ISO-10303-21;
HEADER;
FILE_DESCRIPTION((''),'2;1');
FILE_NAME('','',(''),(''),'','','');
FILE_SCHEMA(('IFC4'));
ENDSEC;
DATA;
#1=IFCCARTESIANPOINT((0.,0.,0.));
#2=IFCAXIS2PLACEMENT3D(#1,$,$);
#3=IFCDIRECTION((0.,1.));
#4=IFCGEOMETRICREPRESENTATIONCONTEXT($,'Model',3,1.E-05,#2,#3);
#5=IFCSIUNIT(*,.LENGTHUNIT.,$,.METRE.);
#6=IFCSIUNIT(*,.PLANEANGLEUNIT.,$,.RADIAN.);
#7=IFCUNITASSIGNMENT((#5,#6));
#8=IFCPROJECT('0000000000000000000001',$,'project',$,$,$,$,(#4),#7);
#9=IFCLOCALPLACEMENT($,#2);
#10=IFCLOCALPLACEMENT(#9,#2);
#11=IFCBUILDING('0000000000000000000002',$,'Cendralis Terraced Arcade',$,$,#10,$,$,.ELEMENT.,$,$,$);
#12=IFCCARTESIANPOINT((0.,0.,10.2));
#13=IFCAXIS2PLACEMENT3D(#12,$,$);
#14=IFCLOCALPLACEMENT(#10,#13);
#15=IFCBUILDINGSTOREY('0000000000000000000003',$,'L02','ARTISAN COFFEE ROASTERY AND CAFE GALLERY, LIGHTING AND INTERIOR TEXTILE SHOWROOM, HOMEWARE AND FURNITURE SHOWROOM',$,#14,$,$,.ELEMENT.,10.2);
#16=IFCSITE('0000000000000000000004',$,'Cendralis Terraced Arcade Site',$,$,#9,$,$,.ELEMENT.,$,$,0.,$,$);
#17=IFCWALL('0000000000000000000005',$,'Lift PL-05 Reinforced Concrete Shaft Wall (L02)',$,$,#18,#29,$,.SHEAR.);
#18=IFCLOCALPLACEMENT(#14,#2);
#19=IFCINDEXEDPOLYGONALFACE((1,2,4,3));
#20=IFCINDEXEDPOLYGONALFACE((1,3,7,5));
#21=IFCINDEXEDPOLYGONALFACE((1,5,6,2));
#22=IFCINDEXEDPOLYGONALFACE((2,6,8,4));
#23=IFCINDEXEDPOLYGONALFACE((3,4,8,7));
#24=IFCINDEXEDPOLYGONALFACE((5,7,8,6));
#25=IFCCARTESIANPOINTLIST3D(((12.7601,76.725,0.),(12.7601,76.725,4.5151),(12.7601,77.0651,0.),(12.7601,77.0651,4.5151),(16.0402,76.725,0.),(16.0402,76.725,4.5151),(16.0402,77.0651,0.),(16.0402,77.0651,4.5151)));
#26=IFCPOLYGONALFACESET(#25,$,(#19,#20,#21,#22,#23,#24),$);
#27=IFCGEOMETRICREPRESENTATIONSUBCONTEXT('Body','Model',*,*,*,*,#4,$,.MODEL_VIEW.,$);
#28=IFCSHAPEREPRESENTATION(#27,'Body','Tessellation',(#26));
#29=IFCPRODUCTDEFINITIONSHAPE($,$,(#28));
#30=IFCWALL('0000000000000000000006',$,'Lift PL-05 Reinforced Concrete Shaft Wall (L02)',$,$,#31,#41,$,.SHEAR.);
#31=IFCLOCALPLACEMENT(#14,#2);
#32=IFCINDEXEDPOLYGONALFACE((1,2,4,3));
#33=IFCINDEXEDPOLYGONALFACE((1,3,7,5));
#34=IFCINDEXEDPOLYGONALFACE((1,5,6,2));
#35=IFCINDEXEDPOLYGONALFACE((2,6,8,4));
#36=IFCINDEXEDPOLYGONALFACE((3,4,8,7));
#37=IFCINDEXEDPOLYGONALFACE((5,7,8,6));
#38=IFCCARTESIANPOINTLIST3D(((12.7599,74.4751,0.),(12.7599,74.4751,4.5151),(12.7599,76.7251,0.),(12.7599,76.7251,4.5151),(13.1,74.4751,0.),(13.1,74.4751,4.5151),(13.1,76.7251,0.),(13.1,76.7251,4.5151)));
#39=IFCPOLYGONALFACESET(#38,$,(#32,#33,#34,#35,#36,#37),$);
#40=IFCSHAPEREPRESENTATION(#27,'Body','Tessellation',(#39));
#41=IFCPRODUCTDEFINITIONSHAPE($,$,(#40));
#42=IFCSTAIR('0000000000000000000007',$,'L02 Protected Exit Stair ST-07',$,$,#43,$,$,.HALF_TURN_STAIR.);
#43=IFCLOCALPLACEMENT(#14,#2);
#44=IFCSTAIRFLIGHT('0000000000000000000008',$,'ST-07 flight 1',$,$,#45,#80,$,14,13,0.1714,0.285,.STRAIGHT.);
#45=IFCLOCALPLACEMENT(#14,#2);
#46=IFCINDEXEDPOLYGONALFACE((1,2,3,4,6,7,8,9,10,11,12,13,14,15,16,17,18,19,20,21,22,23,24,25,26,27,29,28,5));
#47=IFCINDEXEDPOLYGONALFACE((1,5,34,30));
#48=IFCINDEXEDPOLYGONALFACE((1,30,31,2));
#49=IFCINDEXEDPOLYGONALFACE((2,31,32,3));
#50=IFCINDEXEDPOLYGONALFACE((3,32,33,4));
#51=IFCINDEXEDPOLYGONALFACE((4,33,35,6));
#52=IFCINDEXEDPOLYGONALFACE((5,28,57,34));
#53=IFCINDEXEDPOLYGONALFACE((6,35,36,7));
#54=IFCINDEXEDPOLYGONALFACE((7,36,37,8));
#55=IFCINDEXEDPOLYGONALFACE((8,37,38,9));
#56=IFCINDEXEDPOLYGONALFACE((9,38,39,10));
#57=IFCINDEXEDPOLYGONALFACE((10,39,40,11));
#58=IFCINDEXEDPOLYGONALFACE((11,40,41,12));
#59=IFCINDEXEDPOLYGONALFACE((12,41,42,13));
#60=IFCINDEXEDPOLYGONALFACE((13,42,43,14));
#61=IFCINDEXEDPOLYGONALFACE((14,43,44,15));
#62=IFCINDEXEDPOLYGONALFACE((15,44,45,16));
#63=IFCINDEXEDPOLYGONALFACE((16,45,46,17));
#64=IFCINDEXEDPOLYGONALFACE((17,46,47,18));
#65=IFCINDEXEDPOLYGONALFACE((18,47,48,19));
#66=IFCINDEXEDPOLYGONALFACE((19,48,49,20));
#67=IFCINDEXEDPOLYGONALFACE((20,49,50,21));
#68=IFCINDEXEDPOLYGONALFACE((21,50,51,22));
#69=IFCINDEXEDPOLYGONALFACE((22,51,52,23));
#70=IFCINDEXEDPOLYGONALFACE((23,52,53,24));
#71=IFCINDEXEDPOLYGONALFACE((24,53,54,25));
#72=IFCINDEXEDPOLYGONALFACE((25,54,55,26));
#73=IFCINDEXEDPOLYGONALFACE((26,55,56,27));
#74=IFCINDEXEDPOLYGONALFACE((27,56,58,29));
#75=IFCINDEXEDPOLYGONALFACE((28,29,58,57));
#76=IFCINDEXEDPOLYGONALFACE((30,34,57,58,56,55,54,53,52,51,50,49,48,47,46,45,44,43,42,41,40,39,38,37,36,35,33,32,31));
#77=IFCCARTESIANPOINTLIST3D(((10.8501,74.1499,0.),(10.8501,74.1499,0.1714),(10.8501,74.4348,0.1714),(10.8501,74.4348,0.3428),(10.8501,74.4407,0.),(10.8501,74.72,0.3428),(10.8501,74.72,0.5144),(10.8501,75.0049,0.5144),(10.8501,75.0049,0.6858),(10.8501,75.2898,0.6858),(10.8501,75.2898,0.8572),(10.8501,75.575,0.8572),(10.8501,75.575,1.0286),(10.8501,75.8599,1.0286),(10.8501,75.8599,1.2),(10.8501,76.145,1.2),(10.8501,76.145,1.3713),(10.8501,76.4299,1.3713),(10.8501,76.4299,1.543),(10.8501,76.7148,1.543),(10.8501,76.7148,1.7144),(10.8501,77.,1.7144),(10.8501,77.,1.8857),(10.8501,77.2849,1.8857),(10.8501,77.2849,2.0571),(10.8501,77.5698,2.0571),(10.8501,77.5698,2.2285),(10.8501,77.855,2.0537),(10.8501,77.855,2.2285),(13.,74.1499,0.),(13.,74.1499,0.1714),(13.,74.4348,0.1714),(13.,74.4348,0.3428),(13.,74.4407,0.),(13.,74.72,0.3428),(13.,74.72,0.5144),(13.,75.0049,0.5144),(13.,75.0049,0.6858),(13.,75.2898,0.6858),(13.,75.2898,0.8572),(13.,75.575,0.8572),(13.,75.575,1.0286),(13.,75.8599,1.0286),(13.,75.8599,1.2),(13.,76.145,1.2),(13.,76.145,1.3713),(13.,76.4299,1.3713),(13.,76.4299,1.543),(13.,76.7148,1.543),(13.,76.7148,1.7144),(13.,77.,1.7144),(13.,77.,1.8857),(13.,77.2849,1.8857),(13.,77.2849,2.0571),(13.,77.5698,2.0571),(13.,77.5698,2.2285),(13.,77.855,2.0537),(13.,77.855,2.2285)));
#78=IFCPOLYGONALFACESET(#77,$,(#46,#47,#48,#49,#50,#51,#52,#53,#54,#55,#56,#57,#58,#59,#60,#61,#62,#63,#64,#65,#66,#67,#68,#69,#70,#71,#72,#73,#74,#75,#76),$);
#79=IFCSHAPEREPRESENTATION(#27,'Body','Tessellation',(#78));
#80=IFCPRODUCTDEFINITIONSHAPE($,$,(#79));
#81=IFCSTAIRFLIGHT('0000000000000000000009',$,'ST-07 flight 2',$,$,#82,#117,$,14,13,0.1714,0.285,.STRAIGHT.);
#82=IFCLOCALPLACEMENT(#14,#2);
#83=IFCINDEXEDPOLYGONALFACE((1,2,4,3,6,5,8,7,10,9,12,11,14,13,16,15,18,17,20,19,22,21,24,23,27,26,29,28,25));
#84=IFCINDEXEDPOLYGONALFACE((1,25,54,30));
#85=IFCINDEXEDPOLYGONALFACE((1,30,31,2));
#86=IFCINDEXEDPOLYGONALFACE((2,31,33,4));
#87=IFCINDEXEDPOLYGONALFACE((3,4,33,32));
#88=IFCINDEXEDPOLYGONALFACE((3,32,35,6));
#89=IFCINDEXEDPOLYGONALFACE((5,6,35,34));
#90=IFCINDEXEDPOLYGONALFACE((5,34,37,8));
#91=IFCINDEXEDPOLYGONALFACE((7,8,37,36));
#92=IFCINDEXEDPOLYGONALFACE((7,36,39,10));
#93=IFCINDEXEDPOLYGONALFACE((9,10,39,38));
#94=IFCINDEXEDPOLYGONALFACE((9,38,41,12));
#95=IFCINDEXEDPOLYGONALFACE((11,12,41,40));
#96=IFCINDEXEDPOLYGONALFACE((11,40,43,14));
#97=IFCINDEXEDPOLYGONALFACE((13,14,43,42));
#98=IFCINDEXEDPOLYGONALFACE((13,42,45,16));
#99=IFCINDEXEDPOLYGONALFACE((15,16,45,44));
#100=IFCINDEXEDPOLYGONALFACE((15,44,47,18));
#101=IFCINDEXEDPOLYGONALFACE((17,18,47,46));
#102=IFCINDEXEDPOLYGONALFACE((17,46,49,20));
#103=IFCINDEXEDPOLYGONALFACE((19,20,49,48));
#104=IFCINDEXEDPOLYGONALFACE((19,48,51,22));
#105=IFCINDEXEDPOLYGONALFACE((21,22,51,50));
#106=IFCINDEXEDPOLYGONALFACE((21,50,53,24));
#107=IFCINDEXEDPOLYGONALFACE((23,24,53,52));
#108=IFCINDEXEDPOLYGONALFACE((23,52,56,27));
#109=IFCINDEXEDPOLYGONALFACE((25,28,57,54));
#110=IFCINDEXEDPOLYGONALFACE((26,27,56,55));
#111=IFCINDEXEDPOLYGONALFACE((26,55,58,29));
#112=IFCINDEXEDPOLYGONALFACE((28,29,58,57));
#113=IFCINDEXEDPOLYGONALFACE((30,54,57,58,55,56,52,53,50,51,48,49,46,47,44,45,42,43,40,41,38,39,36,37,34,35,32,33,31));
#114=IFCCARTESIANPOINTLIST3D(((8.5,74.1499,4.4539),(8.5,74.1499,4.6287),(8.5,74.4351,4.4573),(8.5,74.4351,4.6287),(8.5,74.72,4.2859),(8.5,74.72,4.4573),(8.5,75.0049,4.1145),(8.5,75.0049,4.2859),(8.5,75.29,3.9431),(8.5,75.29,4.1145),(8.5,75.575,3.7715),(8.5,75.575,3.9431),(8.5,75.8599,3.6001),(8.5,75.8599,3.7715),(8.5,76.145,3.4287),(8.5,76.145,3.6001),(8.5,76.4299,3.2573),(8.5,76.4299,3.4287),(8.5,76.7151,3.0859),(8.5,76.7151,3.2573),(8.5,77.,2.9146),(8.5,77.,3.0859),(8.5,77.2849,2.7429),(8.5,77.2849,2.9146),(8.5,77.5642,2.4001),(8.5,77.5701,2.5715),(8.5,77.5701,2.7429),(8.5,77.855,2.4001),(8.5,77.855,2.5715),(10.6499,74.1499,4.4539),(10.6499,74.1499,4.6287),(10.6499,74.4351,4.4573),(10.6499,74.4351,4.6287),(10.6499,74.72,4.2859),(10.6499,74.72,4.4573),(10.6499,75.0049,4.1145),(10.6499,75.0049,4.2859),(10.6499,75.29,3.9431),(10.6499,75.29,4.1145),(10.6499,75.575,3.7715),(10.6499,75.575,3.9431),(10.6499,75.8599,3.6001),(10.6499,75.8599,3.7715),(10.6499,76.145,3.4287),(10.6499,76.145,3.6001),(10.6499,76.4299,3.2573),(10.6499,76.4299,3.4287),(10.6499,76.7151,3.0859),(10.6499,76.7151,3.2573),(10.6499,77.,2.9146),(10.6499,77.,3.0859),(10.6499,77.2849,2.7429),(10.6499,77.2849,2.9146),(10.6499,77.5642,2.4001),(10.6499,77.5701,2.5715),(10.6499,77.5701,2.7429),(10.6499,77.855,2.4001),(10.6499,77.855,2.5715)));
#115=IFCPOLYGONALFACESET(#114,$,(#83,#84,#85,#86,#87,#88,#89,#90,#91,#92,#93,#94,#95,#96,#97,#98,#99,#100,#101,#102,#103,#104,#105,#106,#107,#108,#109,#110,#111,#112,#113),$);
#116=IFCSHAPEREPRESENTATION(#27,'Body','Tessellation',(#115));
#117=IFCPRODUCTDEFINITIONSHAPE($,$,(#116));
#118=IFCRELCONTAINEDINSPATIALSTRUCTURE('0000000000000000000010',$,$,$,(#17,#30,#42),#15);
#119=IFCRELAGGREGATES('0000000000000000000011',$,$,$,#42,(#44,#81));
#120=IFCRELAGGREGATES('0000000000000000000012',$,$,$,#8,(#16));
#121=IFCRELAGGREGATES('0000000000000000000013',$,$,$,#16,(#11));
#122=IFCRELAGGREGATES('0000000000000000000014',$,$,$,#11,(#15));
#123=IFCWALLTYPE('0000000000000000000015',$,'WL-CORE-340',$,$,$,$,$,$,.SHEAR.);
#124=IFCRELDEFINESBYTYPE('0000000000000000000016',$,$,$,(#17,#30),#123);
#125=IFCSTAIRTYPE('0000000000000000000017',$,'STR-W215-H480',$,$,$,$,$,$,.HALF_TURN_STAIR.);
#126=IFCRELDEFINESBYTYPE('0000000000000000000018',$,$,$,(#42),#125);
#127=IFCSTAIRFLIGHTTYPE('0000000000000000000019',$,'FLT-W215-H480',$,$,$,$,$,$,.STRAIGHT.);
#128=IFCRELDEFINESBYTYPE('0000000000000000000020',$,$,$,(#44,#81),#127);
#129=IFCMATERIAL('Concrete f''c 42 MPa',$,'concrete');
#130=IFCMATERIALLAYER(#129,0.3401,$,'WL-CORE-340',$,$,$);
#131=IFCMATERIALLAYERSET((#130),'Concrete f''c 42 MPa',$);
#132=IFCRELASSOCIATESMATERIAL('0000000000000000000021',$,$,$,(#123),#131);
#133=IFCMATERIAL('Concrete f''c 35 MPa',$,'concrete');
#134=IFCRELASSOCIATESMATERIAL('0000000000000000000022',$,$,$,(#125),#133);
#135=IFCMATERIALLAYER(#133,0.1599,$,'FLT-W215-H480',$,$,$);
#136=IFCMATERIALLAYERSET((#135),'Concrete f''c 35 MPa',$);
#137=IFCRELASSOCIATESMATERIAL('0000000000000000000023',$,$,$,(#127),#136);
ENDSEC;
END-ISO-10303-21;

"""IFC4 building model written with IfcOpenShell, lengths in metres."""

from ifc_helpers import new_model, si_unit, direction, frame, frame_2d, origin, place, context, subcontext, project, spatial, polyline, rectangle, outline, extrude, material, layer, layer_set, type_object, element, aggregate, save


model = new_model("IFC4")

# Units and contexts
model_context = context("Model", 3, precision=1e-05, world=origin(), true_north=direction((0.0, 1.0)))
body_context = subcontext(model_context, "Body", "Model", "MODEL_VIEW")
ifc_project = project(units=[si_unit("LENGTHUNIT", "METRE"), si_unit("PLANEANGLEUNIT", "RADIAN")], contexts=[model_context])

# Site, building, storey
site_placement = place(None, origin())
site = spatial("IfcSite", under=ifc_project, at=site_placement, Name="Cendralis Terraced Arcade Site", CompositionType="ELEMENT", RefElevation=0.0)
building_placement = place(site_placement, origin())
building = spatial("IfcBuilding", under=site, at=building_placement, Name="Cendralis Terraced Arcade", CompositionType="ELEMENT")
storey_placement = place(building_placement, frame((0.0, 0.0, 10.2)))
storey = spatial("IfcBuildingStorey", under=building, at=storey_placement, Name="L02", Description="ARTISAN COFFEE ROASTERY AND CAFE GALLERY, LIGHTING AND INTERIOR TEXTILE SHOWROOM, HOMEWARE AND FURNITURE SHOWROOM", CompositionType="ELEMENT", Elevation=10.2)

# Shared definitions
ifc_material_1 = material(Name="Concrete f'c 42 MPa", Category="concrete")
ifc_layer_1 = layer(ifc_material_1, 0.3401, Name="WL-CORE-340")
ifc_layer_set_1 = layer_set([ifc_layer_1], Name="Concrete f'c 42 MPa")
wall_type = type_object("IfcWallType", Name="WL-CORE-340", PredefinedType="SHEAR", material=ifc_layer_set_1)

# Walls
wall_1_placement = place(storey_placement, frame((12.76, 76.895, 0.0), z_axis=(0.0, 0.0, 1.0), x_axis=(1.0, 0.0, 0.0)))
element("IfcWall", 1, at=wall_1_placement, inside=storey, type_object=wall_type, Name="Lift PL-05 Reinforced Concrete Shaft Wall (L02)", PredefinedType="SHEAR", context=body_context, shape_type="SweptSolid", body=[
    extrude(rectangle(XDim=3.28, YDim=0.3401, at=frame_2d((1.6401, 0.0))), origin(), (0.0, 0.0, 1.0), 4.5151),
])
wall_2_placement = place(storey_placement, frame((12.9299, 74.4751, 0.0), z_axis=(0.0, 0.0, 1.0), x_axis=(0.0, 1.0, 0.0)))
element("IfcWall", 2, at=wall_2_placement, inside=storey, type_object=wall_type, Name="Lift PL-05 Reinforced Concrete Shaft Wall (L02)", PredefinedType="SHEAR", context=body_context, shape_type="SweptSolid", body=[
    extrude(rectangle(XDim=2.25, YDim=0.3401, at=frame_2d((1.125, 0.0))), origin(), (0.0, 0.0, 1.0), 4.5151),
])

# Stair, stair flights
ifc_material_2 = material(Name="Concrete f'c 35 MPa", Category="concrete")
stair_type = type_object("IfcStairType", Name="STR-W215-H480", PredefinedType="HALF_TURN_STAIR", material=ifc_material_2)
stair_placement = place(storey_placement, origin())
stair = element("IfcStair", 3, at=stair_placement, inside=storey, type_object=stair_type, Name="L02 Protected Exit Stair ST-07", PredefinedType="HALF_TURN_STAIR")
ifc_layer_2 = layer(ifc_material_2, 0.1599, Name="FLT-W215-H480")
ifc_layer_set_2 = layer_set([ifc_layer_2], Name="Concrete f'c 35 MPa")
stair_flight_type = type_object("IfcStairFlightType", Name="FLT-W215-H480", PredefinedType="STRAIGHT", material=ifc_layer_set_2)
stair_flight_1_placement = place(storey_placement, frame((11.925, 74.1499, 0.0), z_axis=(0.0, 0.0, 1.0), x_axis=(0.0, 1.0, 0.0)))
stair_flight_1 = element("IfcStairFlight", 4, at=stair_flight_1_placement, type_object=stair_flight_type, Name="ST-07 flight 1", NumberOfRisers=14, NumberOfTreads=13, PredefinedType="STRAIGHT", RiserHeight=0.1714, TreadLength=0.285, context=body_context, shape_type="SweptSolid", body=[
    extrude(outline(polyline([(0.0, 0.0), (0.0, 0.1714), (0.2849, 0.1714), (0.2849, 0.3428), (0.5701, 0.3428), (0.5701, 0.5144), (0.855, 0.5144), (0.855, 0.6858), (1.1399, 0.6858), (1.1399, 0.8572), (1.425, 0.8572), (1.425, 1.0286), (1.71, 1.0286), (1.71, 1.2), (1.9951, 1.2), (1.9951, 1.3713), (2.28, 1.3713), (2.28, 1.543), (2.5649, 1.543), (2.5649, 1.7144), (2.8501, 1.7144), (2.8501, 1.8857), (3.135, 1.8857), (3.135, 2.0571), (3.4199, 2.0571), (3.4199, 2.2285), (3.7051, 2.2285), (3.7051, 2.3999), (3.7051, 2.0537), (0.2908, 0.0), (0.0, 0.0)])), frame((0.0, 1.075, 0.0), z_axis=(0.0, -1.0, 0.0), x_axis=(1.0, 0.0, 0.0)), (0.0, 0.0, 1.0), 2.1499),
])
stair_flight_2_placement = place(storey_placement, frame((9.575, 77.855, 2.4001), z_axis=(0.0, 0.0, 1.0), x_axis=(0.0, -1.0, 0.0)))
stair_flight_2 = element("IfcStairFlight", 5, at=stair_flight_2_placement, type_object=stair_flight_type, Name="ST-07 flight 2", NumberOfRisers=14, NumberOfTreads=13, PredefinedType="STRAIGHT", RiserHeight=0.1714, TreadLength=0.285, context=body_context, shape_type="SweptSolid", body=[
    extrude(outline(polyline([(0.0, 0.0), (0.0, 0.1714), (0.2849, 0.1714), (0.2849, 0.3428), (0.5701, 0.3428), (0.5701, 0.5144), (0.855, 0.5144), (0.855, 0.6858), (1.1399, 0.6858), (1.1399, 0.8572), (1.425, 0.8572), (1.425, 1.0286), (1.71, 1.0286), (1.71, 1.2), (1.9951, 1.2), (1.9951, 1.3713), (2.28, 1.3713), (2.28, 1.543), (2.5649, 1.543), (2.5649, 1.7144), (2.8501, 1.7144), (2.8501, 1.8857), (3.135, 1.8857), (3.135, 2.0571), (3.4199, 2.0571), (3.4199, 2.2285), (3.7051, 2.2285), (3.7051, 2.3999), (3.7051, 2.0537), (0.2908, 0.0), (0.0, 0.0)])), frame((0.0, 1.075, 0.0), z_axis=(0.0, -1.0, 0.0), x_axis=(1.0, 0.0, 0.0)), (0.0, 0.0, 1.0), 2.1499),
])
aggregate(stair, [stair_flight_1, stair_flight_2])

save(model, "model.ifc")
